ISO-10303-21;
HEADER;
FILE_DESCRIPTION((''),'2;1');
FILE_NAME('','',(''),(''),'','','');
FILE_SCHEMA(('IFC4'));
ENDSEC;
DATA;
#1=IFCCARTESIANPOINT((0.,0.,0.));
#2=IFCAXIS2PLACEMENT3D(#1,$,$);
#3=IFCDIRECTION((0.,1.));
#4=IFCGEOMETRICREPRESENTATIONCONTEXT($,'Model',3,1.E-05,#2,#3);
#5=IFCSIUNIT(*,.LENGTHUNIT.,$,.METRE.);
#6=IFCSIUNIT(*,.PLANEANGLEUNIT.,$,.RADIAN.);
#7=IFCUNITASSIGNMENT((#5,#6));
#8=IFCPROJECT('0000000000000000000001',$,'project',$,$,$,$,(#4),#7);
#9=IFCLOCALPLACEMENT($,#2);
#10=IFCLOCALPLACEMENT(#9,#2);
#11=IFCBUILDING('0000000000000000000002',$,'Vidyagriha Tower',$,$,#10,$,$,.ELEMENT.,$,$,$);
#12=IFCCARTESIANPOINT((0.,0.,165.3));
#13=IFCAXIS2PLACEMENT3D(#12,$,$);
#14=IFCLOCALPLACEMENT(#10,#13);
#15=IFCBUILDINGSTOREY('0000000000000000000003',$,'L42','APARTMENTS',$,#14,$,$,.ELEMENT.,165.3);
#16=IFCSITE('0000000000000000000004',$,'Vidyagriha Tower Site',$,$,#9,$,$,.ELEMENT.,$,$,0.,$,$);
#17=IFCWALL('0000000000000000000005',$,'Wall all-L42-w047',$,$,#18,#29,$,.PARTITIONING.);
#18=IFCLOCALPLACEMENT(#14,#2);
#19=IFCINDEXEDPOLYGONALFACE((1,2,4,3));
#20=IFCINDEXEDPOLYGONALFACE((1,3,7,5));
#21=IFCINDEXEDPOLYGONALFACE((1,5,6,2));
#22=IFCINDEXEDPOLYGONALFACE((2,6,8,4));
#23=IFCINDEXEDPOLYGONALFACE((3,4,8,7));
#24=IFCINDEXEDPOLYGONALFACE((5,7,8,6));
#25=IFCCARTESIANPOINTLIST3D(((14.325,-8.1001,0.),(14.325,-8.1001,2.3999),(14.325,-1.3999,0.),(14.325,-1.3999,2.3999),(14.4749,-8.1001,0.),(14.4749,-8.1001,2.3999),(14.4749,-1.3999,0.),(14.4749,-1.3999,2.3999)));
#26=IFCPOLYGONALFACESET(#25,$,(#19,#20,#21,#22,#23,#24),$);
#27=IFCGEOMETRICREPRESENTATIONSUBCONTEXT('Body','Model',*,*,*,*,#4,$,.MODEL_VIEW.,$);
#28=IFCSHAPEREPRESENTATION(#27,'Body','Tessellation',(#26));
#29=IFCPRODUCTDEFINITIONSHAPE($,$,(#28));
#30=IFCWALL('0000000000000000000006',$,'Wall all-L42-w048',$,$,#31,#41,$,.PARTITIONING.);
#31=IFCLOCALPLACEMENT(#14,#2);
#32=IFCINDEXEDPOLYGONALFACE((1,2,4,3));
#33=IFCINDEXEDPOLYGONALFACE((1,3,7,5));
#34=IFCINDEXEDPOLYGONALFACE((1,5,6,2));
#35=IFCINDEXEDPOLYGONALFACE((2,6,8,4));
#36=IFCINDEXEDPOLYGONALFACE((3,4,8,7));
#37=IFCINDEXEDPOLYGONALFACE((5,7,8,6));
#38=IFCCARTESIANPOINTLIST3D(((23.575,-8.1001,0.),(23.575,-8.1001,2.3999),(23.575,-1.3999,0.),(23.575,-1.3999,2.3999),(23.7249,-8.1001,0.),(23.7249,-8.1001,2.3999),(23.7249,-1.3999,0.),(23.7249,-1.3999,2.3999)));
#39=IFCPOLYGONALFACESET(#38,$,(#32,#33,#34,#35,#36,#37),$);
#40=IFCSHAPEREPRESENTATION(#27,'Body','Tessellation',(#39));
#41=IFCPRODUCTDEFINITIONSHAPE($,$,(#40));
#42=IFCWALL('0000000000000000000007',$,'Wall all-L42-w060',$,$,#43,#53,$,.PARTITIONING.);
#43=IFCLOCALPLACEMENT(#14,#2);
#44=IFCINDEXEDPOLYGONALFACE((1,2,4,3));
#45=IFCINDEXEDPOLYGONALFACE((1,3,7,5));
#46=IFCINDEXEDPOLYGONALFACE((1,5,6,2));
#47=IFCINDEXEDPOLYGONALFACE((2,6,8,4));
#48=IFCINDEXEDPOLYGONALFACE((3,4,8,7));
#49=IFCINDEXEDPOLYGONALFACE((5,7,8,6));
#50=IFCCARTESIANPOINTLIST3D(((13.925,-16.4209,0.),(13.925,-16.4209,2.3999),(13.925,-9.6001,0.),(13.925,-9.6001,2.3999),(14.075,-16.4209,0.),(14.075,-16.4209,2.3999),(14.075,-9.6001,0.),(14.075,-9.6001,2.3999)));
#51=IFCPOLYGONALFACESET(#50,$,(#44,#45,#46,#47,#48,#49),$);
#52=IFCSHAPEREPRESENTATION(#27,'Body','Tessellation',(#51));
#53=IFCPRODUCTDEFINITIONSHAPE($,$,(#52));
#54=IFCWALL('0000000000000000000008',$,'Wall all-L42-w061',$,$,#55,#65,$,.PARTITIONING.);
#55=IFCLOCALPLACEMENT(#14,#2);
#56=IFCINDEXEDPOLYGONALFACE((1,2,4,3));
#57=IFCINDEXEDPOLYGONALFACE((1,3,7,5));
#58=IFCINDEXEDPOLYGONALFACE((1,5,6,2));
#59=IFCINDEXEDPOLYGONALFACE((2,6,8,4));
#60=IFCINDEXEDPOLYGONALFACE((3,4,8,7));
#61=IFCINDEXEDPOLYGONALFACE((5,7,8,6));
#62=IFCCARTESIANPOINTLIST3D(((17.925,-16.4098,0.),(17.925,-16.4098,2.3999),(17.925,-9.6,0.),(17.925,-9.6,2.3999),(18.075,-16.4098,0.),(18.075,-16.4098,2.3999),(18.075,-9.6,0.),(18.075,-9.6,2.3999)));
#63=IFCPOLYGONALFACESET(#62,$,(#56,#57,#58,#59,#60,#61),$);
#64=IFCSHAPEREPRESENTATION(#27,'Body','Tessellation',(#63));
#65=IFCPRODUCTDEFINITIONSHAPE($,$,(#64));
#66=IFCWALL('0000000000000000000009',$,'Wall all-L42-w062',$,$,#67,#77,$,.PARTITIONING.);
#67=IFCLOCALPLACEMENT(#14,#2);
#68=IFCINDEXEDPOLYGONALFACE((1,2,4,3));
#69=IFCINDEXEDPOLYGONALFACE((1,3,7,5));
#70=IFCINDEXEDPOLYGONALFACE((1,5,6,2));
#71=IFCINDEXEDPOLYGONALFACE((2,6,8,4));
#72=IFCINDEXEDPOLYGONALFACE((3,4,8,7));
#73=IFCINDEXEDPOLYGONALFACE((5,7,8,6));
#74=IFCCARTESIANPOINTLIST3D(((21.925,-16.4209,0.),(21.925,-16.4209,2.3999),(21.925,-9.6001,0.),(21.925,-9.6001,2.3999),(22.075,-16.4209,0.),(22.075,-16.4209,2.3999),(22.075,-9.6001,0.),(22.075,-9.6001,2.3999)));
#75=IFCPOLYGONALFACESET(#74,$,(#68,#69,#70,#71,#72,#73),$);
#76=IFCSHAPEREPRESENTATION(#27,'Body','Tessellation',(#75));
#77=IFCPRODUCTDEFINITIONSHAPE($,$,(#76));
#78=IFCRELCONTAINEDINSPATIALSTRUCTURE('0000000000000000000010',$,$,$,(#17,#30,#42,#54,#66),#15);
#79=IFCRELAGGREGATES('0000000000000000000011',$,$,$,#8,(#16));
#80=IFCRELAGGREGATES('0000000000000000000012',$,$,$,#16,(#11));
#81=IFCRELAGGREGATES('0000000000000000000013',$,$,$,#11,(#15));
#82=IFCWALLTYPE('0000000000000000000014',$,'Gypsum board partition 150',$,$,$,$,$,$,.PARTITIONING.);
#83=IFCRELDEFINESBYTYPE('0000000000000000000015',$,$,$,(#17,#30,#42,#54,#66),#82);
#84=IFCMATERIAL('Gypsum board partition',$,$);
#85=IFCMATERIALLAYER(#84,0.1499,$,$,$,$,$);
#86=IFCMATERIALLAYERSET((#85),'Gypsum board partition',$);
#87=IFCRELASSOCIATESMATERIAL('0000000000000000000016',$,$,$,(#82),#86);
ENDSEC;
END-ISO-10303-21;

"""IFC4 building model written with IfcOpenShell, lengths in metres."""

from ifc_helpers import new_model, si_unit, direction, frame, frame_2d, origin, place, context, subcontext, project, spatial, rectangle, extrude, material, layer, layer_set, type_object, element, save


model = new_model("IFC4")

# Units and contexts
model_context = context("Model", 3, precision=1e-05, world=origin(), true_north=direction((0.0, 1.0)))
body_context = subcontext(model_context, "Body", "Model", "MODEL_VIEW")
ifc_project = project(units=[si_unit("LENGTHUNIT", "METRE"), si_unit("PLANEANGLEUNIT", "RADIAN")], contexts=[model_context])

# Site, building, storey
site_placement = place(None, origin())
site = spatial("IfcSite", under=ifc_project, at=site_placement, Name="Vidyagriha Tower Site", CompositionType="ELEMENT", RefElevation=0.0)
building_placement = place(site_placement, origin())
building = spatial("IfcBuilding", under=site, at=building_placement, Name="Vidyagriha Tower", CompositionType="ELEMENT")
storey_placement = place(building_placement, frame((0.0, 0.0, 165.3)))
storey = spatial("IfcBuildingStorey", under=building, at=storey_placement, Name="L42", Description="APARTMENTS", CompositionType="ELEMENT", Elevation=165.3)

# Walls
ifc_material_1 = material(Name="Gypsum board partition")
ifc_layer_1 = layer(ifc_material_1, 0.1499)
ifc_layer_set_1 = layer_set([ifc_layer_1], Name="Gypsum board partition")
wall_type_1 = type_object("IfcWallType", Name="Gypsum board partition 150", PredefinedType="PARTITIONING", material=ifc_layer_set_1)
for number, where, z_axis, x_axis, name in (
    (1, (14.3999, -1.3999, 0.0), (0.0, 0.0, 1.0), (0.0, -1.0, 0.0), "Wall all-L42-w047"),
    (2, (23.6499, -1.3999, 0.0), (0.0, 0.0, 1.0), (0.0, -1.0, 0.0), "Wall all-L42-w048"),
):
    element("IfcWall", number, at=place(storey_placement, frame(where, z_axis=z_axis, x_axis=x_axis)), inside=storey, type_object=wall_type_1, Name=name, PredefinedType="PARTITIONING", context=body_context, shape_type="SweptSolid", body=[
        extrude(rectangle(XDim=6.7002, YDim=0.1499, at=frame_2d((3.3501, 0.0))), origin(), (0.0, 0.0, 1.0), 2.3999),
    ])
wall_1_placement = place(storey_placement, frame((14.0, -9.6001, 0.0), z_axis=(0.0, 0.0, 1.0), x_axis=(0.0, -1.0, 0.0)))
element("IfcWall", 3, at=wall_1_placement, inside=storey, type_object=wall_type_1, Name="Wall all-L42-w060", PredefinedType="PARTITIONING", context=body_context, shape_type="SweptSolid", body=[
    extrude(rectangle(XDim=6.8208, YDim=0.1499, at=frame_2d((3.4104, 0.0))), origin(), (0.0, 0.0, 1.0), 2.3999),
])
wall_2_placement = place(storey_placement, frame((18.0, -9.6001, 0.0), z_axis=(0.0, 0.0, 1.0), x_axis=(0.0, -1.0, 0.0)))
element("IfcWall", 4, at=wall_2_placement, inside=storey, type_object=wall_type_1, Name="Wall all-L42-w061", PredefinedType="PARTITIONING", context=body_context, shape_type="SweptSolid", body=[
    extrude(rectangle(XDim=6.8098, YDim=0.1499, at=frame_2d((3.4048, 0.0))), origin(), (0.0, 0.0, 1.0), 2.3999),
])
wall_3_placement = place(storey_placement, frame((22.0, -9.6001, 0.0), z_axis=(0.0, 0.0, 1.0), x_axis=(0.0, -1.0, 0.0)))
element("IfcWall", 5, at=wall_3_placement, inside=storey, type_object=wall_type_1, Name="Wall all-L42-w062", PredefinedType="PARTITIONING", context=body_context, shape_type="SweptSolid", body=[
    extrude(rectangle(XDim=6.8208, YDim=0.1499, at=frame_2d((3.4104, 0.0))), origin(), (0.0, 0.0, 1.0), 2.3999),
])

save(model, "model.ifc")
